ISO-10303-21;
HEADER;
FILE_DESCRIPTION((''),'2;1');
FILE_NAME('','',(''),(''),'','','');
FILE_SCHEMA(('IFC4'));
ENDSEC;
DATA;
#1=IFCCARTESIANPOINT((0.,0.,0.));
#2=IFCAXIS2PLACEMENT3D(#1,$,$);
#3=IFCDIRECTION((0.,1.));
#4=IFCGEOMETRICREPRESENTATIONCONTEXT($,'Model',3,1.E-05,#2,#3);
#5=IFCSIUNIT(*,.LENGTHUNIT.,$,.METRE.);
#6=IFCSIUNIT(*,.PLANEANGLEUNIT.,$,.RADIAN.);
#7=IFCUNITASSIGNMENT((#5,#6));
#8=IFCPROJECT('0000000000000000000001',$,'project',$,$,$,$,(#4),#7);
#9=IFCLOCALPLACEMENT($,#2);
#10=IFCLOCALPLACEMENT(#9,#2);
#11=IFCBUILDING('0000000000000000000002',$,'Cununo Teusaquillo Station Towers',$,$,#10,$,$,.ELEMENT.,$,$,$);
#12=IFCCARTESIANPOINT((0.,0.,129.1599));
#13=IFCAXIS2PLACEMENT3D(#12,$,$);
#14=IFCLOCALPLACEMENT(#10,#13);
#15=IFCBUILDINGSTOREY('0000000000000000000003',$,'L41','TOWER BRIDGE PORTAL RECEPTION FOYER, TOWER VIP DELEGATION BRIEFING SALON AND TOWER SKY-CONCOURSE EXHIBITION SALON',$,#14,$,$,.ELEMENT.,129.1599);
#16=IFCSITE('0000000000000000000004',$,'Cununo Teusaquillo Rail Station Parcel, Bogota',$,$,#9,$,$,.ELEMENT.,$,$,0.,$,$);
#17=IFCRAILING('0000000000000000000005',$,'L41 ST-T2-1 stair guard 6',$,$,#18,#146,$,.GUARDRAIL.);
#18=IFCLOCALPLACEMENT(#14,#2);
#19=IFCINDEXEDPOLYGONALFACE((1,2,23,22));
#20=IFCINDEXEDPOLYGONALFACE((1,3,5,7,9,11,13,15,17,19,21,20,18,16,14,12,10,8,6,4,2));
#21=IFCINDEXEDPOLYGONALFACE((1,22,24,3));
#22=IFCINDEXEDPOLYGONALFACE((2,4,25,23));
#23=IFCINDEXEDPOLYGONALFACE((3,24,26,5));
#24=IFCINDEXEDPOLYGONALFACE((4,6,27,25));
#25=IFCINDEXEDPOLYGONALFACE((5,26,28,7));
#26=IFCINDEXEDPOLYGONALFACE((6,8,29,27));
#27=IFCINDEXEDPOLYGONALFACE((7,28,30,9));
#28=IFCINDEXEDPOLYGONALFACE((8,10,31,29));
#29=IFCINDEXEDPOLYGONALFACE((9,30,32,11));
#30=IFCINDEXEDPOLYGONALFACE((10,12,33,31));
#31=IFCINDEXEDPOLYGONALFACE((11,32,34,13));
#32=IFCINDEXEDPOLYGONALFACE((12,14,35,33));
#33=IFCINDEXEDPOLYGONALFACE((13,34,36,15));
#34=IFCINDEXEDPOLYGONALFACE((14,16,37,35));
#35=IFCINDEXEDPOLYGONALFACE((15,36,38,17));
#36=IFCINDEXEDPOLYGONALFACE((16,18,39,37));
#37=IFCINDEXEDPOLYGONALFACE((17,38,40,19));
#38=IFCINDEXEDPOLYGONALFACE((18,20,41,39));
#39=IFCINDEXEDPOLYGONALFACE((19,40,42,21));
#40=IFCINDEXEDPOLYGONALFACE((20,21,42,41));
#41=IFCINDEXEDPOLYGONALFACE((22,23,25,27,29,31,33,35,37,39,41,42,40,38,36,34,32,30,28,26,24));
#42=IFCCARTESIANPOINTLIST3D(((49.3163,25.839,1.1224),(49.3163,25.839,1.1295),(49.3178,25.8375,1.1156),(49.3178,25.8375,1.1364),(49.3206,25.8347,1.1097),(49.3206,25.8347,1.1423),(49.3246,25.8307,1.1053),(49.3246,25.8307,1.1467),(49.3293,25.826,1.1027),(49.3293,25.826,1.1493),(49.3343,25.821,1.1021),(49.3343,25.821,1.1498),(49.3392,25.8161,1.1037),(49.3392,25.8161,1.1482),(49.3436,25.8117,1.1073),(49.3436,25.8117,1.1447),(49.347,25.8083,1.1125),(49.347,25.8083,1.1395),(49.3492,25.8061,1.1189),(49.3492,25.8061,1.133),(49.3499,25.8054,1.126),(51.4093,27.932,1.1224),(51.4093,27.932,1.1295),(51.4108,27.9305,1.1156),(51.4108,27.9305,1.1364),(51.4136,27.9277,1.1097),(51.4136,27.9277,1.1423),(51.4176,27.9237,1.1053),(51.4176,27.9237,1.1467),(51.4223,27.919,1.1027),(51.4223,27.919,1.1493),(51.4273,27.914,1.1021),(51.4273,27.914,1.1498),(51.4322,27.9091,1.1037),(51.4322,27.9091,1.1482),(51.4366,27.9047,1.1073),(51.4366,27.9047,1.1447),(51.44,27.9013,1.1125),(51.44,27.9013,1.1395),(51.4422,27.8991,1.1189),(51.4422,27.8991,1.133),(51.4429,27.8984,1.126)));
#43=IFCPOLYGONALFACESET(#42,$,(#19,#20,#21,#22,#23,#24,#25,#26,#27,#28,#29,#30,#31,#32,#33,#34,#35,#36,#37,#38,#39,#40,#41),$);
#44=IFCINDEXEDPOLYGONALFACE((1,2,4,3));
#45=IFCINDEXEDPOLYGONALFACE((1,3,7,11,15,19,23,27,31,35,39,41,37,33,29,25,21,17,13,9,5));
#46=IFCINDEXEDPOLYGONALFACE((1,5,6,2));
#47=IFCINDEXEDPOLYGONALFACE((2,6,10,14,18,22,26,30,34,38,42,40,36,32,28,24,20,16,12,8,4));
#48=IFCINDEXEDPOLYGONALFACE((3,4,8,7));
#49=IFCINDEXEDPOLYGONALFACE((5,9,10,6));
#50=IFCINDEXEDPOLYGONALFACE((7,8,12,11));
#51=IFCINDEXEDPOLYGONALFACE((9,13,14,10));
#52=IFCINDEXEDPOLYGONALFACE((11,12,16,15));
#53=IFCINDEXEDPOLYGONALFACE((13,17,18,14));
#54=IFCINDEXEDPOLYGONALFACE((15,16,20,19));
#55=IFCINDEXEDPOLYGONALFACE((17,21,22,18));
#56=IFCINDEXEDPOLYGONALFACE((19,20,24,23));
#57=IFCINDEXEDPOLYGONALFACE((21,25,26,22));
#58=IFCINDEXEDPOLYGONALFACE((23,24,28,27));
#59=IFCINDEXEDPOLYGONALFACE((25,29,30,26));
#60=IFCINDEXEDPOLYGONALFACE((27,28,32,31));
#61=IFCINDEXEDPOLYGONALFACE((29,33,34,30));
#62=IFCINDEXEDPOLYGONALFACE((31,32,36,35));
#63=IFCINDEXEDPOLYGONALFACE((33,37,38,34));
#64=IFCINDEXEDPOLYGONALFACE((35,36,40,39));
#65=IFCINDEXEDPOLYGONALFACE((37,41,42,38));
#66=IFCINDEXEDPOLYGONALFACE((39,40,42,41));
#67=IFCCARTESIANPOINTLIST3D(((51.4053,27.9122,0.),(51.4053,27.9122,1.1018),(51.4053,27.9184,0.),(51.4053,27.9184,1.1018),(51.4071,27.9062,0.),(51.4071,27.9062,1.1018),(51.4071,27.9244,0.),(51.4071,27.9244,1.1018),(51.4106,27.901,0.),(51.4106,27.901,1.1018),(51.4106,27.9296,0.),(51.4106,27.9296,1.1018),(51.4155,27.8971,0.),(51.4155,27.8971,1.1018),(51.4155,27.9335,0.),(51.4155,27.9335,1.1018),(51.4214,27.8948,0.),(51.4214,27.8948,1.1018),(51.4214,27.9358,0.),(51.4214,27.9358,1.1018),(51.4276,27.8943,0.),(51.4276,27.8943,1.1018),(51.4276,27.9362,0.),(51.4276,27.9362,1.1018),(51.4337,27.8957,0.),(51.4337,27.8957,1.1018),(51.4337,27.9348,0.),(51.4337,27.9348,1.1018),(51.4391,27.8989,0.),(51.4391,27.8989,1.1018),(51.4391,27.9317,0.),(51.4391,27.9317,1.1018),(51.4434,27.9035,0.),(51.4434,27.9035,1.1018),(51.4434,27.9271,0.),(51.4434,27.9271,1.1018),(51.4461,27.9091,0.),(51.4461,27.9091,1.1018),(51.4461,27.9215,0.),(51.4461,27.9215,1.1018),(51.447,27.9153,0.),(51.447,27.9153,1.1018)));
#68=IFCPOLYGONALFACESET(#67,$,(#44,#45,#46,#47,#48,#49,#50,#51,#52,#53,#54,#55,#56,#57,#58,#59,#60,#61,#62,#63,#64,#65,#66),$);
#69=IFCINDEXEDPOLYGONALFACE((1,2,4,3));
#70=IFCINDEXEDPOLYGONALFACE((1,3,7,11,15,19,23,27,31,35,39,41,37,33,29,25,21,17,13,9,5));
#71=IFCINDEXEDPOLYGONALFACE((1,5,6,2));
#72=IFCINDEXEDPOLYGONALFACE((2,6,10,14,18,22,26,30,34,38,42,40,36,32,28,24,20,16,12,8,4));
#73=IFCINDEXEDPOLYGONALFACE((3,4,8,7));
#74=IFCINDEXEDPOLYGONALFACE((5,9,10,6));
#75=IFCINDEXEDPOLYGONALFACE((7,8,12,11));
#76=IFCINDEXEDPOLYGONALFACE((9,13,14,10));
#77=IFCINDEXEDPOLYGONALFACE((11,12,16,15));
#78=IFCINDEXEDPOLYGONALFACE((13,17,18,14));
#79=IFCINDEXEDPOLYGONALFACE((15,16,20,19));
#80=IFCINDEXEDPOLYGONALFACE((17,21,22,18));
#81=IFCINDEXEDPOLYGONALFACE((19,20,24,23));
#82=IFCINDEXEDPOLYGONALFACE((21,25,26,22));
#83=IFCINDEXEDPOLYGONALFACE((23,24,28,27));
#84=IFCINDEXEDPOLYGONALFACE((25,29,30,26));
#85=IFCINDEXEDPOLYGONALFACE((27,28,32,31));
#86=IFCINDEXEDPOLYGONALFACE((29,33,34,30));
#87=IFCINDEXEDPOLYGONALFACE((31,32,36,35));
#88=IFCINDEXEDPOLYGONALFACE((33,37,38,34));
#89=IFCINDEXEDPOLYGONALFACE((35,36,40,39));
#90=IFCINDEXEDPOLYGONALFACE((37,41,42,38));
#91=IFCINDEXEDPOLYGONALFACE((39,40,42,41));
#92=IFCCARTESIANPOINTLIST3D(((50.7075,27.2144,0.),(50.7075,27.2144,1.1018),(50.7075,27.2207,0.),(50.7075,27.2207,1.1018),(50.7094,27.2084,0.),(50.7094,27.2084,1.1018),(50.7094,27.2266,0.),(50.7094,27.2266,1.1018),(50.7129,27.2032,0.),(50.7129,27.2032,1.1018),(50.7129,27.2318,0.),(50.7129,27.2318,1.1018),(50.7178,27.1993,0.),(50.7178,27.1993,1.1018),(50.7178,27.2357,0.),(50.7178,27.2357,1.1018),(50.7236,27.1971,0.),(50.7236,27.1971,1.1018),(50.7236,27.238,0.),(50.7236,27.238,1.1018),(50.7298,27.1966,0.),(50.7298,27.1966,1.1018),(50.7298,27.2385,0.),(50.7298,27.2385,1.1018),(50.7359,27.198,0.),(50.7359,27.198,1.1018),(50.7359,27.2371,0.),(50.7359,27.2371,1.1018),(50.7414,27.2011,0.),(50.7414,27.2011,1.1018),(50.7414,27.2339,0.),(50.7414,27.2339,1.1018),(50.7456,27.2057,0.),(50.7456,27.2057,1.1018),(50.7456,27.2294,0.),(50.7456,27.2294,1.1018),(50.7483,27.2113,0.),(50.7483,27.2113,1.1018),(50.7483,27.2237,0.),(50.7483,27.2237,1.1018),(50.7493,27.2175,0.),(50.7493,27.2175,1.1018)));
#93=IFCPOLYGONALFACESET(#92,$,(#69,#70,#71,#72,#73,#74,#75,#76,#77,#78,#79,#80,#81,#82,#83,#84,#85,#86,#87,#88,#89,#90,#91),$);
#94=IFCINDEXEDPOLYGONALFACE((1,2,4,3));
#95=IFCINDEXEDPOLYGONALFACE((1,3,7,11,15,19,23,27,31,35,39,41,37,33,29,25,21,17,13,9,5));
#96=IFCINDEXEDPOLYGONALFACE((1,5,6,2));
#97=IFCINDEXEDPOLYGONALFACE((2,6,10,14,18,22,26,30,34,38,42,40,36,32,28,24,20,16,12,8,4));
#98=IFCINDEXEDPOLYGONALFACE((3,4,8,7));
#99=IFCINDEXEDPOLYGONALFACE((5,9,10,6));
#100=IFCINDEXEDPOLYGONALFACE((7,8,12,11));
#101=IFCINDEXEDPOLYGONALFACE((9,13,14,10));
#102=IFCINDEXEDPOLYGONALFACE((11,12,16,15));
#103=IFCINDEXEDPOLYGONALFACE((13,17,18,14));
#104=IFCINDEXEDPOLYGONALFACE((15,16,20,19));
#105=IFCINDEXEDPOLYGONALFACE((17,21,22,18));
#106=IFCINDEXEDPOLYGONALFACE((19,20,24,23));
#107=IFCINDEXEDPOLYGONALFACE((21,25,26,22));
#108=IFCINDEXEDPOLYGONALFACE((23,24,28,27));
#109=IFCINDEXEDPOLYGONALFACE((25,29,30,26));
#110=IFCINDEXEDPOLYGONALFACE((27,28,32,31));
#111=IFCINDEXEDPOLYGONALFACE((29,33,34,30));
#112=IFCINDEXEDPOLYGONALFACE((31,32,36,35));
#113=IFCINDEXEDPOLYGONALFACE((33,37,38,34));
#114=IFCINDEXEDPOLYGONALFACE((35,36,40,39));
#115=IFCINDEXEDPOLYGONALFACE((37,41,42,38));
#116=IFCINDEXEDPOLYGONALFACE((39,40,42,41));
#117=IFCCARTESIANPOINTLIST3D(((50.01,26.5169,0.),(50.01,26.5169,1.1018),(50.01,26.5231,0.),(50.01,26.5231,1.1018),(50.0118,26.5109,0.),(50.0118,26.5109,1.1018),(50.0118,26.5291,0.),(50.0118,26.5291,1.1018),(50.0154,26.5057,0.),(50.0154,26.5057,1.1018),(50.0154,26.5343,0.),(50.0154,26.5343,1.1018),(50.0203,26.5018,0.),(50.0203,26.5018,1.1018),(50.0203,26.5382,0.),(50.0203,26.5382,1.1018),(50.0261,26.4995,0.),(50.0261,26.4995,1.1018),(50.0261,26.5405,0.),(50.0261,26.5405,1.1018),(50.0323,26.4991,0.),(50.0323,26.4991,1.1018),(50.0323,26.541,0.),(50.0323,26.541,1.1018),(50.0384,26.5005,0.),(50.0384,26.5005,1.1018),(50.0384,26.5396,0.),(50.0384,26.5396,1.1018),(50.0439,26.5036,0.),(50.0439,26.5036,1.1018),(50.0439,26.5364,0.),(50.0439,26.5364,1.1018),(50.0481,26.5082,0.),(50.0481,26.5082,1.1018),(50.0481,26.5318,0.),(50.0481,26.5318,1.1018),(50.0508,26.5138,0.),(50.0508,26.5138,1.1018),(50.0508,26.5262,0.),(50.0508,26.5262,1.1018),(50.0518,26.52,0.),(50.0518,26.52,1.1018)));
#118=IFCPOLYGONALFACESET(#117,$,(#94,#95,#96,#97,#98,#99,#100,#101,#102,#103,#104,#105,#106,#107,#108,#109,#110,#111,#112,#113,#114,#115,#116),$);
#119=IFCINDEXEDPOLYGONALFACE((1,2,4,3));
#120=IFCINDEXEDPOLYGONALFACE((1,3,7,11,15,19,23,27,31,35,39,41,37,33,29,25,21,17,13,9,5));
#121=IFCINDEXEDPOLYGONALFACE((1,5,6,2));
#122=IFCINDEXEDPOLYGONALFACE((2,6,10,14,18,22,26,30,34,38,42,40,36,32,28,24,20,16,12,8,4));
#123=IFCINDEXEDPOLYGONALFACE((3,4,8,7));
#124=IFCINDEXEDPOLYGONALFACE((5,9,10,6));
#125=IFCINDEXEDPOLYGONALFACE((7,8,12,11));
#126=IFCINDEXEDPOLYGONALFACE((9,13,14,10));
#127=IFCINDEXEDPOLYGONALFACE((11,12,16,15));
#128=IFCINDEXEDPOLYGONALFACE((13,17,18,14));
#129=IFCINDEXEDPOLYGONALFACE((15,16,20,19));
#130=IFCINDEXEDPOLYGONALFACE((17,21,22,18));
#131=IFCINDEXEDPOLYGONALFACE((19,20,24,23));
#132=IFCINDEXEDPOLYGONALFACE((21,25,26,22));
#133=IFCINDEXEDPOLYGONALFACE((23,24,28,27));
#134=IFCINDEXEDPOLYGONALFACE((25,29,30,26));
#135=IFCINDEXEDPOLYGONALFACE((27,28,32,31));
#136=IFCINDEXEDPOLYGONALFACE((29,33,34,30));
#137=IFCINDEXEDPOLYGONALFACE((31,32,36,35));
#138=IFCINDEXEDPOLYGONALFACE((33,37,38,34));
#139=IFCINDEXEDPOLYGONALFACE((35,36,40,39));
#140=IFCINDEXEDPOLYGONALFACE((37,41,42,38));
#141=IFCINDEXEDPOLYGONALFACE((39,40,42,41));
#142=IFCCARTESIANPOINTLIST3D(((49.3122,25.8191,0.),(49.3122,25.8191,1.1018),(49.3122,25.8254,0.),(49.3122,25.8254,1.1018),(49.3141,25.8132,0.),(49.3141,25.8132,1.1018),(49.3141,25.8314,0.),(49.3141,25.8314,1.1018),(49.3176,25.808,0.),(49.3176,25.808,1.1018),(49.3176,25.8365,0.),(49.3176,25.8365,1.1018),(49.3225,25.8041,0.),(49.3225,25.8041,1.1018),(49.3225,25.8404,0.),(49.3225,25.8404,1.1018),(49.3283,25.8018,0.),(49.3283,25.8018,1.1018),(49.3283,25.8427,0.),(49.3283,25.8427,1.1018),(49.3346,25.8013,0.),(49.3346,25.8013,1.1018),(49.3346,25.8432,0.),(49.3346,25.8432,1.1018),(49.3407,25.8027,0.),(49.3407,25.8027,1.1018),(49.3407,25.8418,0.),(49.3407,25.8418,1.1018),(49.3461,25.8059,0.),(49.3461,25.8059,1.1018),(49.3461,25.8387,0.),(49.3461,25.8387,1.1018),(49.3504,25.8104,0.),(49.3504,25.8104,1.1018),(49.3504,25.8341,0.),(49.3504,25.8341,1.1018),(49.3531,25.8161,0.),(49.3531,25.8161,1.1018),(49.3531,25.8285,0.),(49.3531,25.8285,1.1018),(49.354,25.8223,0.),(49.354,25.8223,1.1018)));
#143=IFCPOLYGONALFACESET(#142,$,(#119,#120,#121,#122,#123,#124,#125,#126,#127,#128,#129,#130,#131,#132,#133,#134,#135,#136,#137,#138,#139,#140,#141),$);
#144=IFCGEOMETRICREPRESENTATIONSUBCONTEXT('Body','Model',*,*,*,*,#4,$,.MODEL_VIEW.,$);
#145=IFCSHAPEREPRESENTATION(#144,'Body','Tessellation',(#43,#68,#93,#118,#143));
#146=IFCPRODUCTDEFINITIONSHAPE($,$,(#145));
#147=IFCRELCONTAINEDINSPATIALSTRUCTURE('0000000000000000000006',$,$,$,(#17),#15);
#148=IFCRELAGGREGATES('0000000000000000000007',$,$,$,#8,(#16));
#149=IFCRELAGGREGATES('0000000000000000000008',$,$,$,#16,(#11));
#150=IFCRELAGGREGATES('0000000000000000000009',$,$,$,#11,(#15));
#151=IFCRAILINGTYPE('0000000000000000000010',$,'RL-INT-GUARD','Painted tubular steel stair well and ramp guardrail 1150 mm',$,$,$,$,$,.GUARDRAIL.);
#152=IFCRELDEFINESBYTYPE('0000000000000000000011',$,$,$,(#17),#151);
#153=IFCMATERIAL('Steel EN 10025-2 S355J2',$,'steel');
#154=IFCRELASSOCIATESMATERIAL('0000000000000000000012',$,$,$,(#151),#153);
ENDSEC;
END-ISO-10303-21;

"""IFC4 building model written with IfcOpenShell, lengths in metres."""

from ifc_helpers import new_model, si_unit, direction, frame, origin, origin_2d, place, context, subcontext, project, spatial, circle, extrude, material, type_object, element, save


model = new_model("IFC4")

# Units and contexts
model_context = context("Model", 3, precision=1e-05, world=origin(), true_north=direction((0.0, 1.0)))
body_context = subcontext(model_context, "Body", "Model", "MODEL_VIEW")
ifc_project = project(units=[si_unit("LENGTHUNIT", "METRE"), si_unit("PLANEANGLEUNIT", "RADIAN")], contexts=[model_context])

# Site, building, storey
site_placement = place(None, origin())
site = spatial("IfcSite", under=ifc_project, at=site_placement, Name="Cununo Teusaquillo Rail Station Parcel, Bogota", CompositionType="ELEMENT", RefElevation=0.0)
building_placement = place(site_placement, origin())
building = spatial("IfcBuilding", under=site, at=building_placement, Name="Cununo Teusaquillo Station Towers", CompositionType="ELEMENT")
storey_placement = place(building_placement, frame((0.0, 0.0, 129.1599)))
storey = spatial("IfcBuildingStorey", under=building, at=storey_placement, Name="L41", Description="TOWER BRIDGE PORTAL RECEPTION FOYER, TOWER VIP DELEGATION BRIEFING SALON AND TOWER SKY-CONCOURSE EXHIBITION SALON", CompositionType="ELEMENT", Elevation=129.1599)

# Railing
ifc_material_1 = material(Name="Steel EN 10025-2 S355J2", Category="steel")
railing_type = type_object("IfcRailingType", Name="RL-INT-GUARD", Description="Painted tubular steel stair well and ramp guardrail 1150 mm", PredefinedType="GUARDRAIL", material=ifc_material_1)
railing_1_placement = place(storey_placement, frame((51.426, 27.9153, 0.0)))
element("IfcRailing", 1, at=railing_1_placement, inside=storey, type_object=railing_type, Name="L41 ST-T2-1 stair guard 6", PredefinedType="GUARDRAIL", context=body_context, shape_type="SweptSolid", body=[
    extrude(circle(Radius=0.0239, at=origin_2d()), frame((0.0, 0.0, 1.126), z_axis=(-0.707107, -0.707107, 0.0), x_axis=(0.707107, -0.707107, 0.0)), (0.0, 0.0, 1.0), 2.96),
    extrude(circle(Radius=0.021, at=origin_2d()), origin(), (0.0, 0.0, 1.0), 1.1018),
    extrude(circle(Radius=0.021, at=origin_2d()), frame((-0.6978, -0.6978, 0.0)), (0.0, 0.0, 1.0), 1.1018),
    extrude(circle(Radius=0.021, at=origin_2d()), frame((-1.3953, -1.3953, 0.0)), (0.0, 0.0, 1.0), 1.1018),
    extrude(circle(Radius=0.021, at=origin_2d()), frame((-2.093, -2.093, 0.0)), (0.0, 0.0, 1.0), 1.1018),
])

save(model, "model.ifc")
